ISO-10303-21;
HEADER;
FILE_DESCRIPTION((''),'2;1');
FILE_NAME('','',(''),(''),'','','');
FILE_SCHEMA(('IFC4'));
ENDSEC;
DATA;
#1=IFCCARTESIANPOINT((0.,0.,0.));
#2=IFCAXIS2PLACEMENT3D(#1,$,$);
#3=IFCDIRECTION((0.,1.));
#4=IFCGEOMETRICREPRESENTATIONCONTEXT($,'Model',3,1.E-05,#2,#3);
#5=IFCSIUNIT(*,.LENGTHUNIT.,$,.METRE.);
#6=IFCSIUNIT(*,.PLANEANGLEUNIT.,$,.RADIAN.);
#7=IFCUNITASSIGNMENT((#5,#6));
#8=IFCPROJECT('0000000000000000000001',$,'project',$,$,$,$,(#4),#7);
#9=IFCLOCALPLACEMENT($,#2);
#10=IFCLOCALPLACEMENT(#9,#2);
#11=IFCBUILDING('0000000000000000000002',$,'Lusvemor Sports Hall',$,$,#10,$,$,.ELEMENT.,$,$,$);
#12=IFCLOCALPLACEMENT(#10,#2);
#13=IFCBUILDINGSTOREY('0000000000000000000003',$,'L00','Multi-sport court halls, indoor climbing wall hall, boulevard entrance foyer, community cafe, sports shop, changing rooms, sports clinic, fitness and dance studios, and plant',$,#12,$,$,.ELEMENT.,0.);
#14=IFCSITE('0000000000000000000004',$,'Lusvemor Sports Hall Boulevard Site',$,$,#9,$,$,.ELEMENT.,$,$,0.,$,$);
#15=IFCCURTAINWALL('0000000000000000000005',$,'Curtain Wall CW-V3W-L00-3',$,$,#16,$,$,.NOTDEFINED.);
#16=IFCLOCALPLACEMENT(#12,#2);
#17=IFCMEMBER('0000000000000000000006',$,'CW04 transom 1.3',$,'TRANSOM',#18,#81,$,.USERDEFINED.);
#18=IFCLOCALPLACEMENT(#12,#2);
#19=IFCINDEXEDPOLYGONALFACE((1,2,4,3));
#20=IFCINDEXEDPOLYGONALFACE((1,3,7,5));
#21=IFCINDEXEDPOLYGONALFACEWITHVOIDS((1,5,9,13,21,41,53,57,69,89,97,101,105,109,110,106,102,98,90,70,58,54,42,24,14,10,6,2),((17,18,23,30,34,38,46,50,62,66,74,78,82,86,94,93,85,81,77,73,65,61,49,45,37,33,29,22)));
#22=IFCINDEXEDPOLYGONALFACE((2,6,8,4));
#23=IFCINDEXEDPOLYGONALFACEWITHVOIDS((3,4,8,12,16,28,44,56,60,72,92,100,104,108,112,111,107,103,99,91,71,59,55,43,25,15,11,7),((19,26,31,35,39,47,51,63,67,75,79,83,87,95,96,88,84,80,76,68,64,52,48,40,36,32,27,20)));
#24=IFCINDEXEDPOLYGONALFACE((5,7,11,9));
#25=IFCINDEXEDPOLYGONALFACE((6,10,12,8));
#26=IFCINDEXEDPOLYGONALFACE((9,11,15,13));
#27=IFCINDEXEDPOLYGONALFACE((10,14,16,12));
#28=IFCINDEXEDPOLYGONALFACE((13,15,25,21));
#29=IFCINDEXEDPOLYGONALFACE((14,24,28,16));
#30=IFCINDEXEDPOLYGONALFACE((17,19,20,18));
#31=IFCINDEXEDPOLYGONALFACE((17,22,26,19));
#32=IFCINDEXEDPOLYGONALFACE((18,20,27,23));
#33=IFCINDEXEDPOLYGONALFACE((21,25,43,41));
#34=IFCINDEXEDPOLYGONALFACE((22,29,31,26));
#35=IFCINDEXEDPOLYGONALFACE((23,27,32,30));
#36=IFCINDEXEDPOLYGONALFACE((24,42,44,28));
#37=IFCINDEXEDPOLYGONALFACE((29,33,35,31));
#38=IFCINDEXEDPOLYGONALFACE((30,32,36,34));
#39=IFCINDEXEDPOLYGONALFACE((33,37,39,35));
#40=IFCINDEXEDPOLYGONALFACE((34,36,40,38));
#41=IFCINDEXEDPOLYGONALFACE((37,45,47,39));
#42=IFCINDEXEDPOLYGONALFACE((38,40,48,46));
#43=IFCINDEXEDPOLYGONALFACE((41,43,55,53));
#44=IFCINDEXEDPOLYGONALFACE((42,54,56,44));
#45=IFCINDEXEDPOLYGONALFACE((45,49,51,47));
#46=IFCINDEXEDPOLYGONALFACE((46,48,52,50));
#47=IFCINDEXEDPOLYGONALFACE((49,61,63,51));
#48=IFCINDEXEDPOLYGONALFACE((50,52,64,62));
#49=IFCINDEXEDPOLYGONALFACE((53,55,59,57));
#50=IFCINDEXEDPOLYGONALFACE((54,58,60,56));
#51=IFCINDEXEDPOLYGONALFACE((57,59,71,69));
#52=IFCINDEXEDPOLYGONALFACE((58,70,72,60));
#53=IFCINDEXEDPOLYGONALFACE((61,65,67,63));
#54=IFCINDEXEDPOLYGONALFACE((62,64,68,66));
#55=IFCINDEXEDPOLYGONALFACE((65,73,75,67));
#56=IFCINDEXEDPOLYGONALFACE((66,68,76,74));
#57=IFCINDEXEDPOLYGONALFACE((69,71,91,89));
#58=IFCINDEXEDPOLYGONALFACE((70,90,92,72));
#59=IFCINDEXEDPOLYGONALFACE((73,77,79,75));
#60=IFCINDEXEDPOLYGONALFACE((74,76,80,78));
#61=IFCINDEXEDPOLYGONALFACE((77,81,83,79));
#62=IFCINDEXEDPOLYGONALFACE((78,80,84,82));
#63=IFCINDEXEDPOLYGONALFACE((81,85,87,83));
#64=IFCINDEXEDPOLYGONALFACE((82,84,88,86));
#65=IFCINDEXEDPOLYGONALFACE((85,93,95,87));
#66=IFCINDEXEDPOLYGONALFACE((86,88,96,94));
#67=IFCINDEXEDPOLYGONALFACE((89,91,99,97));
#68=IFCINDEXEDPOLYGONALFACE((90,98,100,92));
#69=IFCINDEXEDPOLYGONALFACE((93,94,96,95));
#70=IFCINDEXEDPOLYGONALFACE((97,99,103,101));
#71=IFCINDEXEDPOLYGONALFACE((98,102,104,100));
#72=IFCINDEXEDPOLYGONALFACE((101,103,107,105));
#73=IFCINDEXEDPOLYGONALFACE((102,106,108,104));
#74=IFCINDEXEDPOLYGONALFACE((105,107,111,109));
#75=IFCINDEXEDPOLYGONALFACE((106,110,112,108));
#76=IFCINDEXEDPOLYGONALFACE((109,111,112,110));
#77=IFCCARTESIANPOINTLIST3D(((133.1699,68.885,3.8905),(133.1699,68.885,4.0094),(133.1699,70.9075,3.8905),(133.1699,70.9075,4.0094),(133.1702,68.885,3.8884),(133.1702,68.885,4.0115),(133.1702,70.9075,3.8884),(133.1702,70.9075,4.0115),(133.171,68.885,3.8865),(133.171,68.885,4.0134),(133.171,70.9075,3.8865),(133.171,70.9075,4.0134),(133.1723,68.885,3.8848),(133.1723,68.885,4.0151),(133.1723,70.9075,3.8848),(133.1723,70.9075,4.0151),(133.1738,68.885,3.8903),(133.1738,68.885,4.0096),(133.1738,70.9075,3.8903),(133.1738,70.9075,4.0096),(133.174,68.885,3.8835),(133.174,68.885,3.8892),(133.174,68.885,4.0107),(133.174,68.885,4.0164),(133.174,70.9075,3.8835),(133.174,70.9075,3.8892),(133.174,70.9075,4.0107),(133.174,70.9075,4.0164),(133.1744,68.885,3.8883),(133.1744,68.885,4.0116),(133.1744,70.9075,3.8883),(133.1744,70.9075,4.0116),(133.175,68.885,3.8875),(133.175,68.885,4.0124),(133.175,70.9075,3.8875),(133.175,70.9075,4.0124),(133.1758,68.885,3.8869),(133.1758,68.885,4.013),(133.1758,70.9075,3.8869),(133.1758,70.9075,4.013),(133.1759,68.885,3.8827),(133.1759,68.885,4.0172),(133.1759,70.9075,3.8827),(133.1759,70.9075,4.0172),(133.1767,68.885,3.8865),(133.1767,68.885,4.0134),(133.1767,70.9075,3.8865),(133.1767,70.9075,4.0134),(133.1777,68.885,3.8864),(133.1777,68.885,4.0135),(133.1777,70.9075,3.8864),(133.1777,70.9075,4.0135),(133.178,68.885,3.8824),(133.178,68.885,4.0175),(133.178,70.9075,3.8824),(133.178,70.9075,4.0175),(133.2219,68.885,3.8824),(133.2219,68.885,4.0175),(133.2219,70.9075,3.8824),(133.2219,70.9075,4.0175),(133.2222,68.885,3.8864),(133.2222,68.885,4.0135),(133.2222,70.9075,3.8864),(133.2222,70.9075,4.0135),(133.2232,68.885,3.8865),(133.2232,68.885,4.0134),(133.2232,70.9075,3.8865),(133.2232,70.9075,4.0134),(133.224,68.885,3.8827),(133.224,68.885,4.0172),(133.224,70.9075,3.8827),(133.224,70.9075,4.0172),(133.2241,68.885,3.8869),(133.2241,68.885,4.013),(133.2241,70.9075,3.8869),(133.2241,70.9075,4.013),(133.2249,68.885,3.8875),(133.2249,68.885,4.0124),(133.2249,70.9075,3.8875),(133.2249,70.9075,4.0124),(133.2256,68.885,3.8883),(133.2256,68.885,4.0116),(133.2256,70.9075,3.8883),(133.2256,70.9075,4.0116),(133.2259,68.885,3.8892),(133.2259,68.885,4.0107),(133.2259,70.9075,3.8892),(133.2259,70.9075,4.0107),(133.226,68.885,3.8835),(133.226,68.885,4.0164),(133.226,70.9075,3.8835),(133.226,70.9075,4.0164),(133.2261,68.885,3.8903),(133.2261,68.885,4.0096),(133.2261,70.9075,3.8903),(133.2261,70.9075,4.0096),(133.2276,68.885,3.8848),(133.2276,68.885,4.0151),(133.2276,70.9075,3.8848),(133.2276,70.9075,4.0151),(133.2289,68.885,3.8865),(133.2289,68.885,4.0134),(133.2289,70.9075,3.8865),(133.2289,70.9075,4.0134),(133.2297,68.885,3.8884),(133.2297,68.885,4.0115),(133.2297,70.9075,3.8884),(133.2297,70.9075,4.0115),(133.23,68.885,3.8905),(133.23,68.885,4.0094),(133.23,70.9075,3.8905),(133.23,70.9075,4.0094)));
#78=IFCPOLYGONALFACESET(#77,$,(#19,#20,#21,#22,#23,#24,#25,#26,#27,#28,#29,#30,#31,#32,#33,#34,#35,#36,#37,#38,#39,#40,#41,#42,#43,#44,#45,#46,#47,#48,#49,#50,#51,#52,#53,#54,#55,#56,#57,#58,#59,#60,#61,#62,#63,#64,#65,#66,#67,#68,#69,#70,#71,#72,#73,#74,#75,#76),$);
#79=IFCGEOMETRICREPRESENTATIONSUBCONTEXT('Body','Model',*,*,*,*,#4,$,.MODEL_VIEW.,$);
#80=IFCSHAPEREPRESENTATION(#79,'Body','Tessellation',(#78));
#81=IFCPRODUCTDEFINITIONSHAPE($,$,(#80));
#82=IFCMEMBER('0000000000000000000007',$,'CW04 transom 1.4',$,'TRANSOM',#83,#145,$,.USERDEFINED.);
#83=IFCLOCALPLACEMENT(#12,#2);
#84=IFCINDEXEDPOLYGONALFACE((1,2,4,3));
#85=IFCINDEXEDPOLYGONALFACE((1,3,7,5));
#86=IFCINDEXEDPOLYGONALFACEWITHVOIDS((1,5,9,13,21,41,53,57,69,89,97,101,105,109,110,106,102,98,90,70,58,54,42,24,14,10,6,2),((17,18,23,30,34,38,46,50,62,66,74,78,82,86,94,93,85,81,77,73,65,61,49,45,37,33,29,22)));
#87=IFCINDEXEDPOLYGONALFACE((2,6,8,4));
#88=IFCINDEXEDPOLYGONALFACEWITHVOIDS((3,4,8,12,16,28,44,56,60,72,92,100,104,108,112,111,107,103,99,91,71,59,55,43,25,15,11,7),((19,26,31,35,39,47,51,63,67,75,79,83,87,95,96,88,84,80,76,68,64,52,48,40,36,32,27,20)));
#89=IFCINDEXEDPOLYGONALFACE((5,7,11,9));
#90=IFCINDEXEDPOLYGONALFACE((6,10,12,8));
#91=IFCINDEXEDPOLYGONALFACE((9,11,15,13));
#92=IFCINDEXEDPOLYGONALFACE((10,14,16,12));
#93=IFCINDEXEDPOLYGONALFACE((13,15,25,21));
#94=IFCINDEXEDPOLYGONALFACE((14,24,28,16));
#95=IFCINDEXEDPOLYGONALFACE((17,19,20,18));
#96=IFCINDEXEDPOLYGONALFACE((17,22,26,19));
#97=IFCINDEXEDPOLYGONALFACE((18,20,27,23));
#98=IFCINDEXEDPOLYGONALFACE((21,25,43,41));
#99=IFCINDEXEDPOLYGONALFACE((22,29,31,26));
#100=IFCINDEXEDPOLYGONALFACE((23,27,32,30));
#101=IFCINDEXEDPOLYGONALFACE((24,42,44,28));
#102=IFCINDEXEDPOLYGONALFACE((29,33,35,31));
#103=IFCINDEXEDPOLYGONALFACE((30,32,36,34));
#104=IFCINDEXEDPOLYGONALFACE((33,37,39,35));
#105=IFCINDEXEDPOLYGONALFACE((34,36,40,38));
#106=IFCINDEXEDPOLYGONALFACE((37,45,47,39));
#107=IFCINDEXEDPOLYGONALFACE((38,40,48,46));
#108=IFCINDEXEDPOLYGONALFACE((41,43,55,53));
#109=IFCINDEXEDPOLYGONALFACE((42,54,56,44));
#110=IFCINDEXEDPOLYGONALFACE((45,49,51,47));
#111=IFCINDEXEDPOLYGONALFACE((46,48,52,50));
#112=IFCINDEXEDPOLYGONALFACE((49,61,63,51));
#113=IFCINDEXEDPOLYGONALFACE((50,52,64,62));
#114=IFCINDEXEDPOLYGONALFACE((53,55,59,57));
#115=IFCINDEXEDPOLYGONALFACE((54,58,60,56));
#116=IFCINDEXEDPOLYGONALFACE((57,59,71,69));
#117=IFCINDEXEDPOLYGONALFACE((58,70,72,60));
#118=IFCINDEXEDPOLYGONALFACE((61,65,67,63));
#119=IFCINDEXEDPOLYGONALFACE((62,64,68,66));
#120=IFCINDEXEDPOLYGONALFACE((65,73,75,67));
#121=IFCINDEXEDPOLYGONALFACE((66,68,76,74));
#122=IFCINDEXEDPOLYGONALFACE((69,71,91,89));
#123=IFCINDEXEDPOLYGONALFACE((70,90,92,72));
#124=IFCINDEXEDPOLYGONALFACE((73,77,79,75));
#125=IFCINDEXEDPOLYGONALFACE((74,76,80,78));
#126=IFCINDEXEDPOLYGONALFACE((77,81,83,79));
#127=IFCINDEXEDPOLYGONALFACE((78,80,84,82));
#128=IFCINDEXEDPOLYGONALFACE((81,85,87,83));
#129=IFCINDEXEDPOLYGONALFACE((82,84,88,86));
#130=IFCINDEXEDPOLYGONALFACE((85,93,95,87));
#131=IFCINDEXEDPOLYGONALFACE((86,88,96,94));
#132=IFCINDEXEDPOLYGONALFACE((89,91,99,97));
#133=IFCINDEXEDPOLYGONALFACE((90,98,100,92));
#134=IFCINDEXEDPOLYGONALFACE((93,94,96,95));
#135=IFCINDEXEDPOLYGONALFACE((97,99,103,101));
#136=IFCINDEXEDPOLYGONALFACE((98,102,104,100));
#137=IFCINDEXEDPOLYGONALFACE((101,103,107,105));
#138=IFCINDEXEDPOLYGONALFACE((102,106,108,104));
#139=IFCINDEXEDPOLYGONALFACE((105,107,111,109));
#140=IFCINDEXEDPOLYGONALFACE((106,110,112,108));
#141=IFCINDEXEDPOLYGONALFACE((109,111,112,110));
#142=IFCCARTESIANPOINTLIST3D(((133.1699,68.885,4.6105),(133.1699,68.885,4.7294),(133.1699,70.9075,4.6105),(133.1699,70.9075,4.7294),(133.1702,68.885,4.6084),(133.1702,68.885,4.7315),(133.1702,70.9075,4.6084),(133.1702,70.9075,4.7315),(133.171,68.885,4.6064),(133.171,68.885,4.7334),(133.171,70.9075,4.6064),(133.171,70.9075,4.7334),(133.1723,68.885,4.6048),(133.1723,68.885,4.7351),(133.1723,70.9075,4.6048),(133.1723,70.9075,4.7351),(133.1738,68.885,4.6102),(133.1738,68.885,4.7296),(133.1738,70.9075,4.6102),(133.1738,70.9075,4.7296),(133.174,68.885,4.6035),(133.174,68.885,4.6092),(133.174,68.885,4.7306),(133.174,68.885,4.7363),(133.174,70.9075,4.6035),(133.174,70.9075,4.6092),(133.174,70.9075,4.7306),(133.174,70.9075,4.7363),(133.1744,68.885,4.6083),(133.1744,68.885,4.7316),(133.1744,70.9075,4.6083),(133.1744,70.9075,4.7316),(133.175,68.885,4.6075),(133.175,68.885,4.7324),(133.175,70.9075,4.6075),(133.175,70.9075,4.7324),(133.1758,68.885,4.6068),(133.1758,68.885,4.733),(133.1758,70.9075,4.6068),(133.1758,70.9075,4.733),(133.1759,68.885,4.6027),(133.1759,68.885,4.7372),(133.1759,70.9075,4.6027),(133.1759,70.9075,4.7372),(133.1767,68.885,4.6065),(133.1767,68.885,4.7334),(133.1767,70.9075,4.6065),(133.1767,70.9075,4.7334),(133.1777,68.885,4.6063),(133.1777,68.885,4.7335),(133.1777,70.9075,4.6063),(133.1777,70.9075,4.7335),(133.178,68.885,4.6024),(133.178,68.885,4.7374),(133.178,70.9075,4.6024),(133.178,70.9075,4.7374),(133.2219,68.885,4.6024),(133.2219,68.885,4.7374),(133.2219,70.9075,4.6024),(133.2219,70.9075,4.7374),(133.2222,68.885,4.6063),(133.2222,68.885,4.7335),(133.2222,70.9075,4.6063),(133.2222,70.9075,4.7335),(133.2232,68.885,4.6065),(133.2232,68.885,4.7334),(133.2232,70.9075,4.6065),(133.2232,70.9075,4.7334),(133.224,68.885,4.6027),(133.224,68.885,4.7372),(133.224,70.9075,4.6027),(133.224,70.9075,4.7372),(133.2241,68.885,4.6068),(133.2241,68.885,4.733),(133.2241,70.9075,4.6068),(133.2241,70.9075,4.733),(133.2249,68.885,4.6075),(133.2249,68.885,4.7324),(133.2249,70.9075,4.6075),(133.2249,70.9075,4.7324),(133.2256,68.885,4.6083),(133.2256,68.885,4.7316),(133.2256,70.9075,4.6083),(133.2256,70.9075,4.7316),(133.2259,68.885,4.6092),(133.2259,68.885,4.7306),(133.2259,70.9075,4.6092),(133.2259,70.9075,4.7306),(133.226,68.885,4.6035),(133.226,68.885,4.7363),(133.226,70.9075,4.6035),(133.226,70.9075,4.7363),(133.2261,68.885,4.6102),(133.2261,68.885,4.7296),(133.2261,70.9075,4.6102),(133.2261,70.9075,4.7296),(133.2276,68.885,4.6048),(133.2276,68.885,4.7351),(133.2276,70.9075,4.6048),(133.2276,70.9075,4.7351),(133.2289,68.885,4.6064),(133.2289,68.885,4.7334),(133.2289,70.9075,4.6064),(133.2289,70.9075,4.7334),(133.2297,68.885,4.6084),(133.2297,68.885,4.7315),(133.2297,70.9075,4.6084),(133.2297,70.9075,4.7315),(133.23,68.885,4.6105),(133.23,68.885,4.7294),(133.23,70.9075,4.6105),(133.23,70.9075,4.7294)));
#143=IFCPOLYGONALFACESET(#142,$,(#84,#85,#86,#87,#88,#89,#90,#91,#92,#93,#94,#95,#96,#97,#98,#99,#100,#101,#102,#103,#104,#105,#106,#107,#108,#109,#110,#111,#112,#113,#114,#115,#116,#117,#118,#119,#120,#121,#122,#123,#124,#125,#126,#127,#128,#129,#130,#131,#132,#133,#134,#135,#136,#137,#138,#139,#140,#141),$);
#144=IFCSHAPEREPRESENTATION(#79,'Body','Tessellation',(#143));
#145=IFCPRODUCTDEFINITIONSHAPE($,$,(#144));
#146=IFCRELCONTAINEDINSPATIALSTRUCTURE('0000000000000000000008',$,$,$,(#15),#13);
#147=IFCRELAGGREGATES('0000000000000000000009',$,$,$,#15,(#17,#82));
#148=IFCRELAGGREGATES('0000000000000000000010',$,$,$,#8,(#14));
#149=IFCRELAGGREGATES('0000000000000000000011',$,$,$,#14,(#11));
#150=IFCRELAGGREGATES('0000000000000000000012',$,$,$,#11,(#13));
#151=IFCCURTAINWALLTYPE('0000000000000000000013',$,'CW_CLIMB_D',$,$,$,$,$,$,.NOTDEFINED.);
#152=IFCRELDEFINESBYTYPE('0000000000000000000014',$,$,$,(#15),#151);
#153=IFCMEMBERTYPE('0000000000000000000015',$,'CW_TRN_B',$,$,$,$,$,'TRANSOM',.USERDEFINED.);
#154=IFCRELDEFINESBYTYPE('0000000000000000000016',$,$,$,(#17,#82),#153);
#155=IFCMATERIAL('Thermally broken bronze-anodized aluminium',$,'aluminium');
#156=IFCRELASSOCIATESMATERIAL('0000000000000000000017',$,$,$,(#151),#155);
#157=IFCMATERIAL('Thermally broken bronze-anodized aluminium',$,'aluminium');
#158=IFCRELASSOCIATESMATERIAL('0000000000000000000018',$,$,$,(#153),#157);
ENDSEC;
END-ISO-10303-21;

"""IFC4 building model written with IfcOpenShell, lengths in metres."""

from ifc_helpers import new_model, si_unit, direction, frame, origin, origin_2d, place, context, subcontext, project, spatial, hollow_rectangle, extrude, material, material_profile, profile_set, type_object, element, aggregate, save


model = new_model("IFC4")

# Units and contexts
model_context = context("Model", 3, precision=1e-05, world=origin(), true_north=direction((0.0, 1.0)))
body_context = subcontext(model_context, "Body", "Model", "MODEL_VIEW")
ifc_project = project(units=[si_unit("LENGTHUNIT", "METRE"), si_unit("PLANEANGLEUNIT", "RADIAN")], contexts=[model_context])

# Site, building, storey
site_placement = place(None, origin())
site = spatial("IfcSite", under=ifc_project, at=site_placement, Name="Lusvemor Sports Hall Boulevard Site", CompositionType="ELEMENT", RefElevation=0.0)
building_placement = place(site_placement, origin())
building = spatial("IfcBuilding", under=site, at=building_placement, Name="Lusvemor Sports Hall", CompositionType="ELEMENT")
storey_placement = place(building_placement, origin())
storey = spatial("IfcBuildingStorey", under=building, at=storey_placement, Name="L00", Description="Multi-sport court halls, indoor climbing wall hall, boulevard entrance foyer, community cafe, sports shop, changing rooms, sports clinic, fitness and dance studios, and plant", CompositionType="ELEMENT", Elevation=0.0)

# Shared definitions
ifc_material_1 = material(Name="Thermally broken bronze-anodized aluminium", Category="aluminium")
curtain_wall_type = type_object("IfcCurtainWallType", Name="CW_CLIMB_D", PredefinedType="NOTDEFINED", material=ifc_material_1)

# Curtain wall, members
curtain_wall_1_placement = place(storey_placement, origin())
curtain_wall_1 = element("IfcCurtainWall", 1, at=curtain_wall_1_placement, inside=storey, type_object=curtain_wall_type, Name="Curtain Wall CW-V3W-L00-3", PredefinedType="NOTDEFINED")
ifc_material_2 = material(Name="Thermally broken bronze-anodized aluminium", Category="aluminium")
ifc_material_profile_1 = material_profile(ifc_material_2, hollow_rectangle(XDim=0.0601, YDim=0.135, WallThickness=0.0039, InnerFilletRadius=0.0039, OuterFilletRadius=0.0081, at=origin_2d()), Name="CWTRN135x60x4")
ifc_profile_set_1 = profile_set([ifc_material_profile_1], Name="Thermally broken bronze-anodized aluminium")
member_type_1 = type_object("IfcMemberType", Name="CW_TRN_B", ElementType="TRANSOM", PredefinedType="USERDEFINED", material=ifc_profile_set_1)
member_1_placement = place(storey_placement, frame((133.2, 68.885, 3.95), z_axis=(0.0, 1.0, 0.0), x_axis=(-1.0, 0.0, 0.0)))
member_1 = element("IfcMember", 2, at=member_1_placement, type_object=member_type_1, Name="CW04 transom 1.3", ObjectType="TRANSOM", PredefinedType="USERDEFINED", context=body_context, shape_type="SweptSolid", body=[
    extrude(hollow_rectangle(XDim=0.0601, YDim=0.135, WallThickness=0.0039, InnerFilletRadius=0.0039, OuterFilletRadius=0.0081, at=origin_2d()), origin(), (0.0, 0.0, 1.0), 2.0225),
])
member_2_placement = place(storey_placement, frame((133.2, 68.885, 4.6699), z_axis=(0.0, 1.0, 0.0), x_axis=(-1.0, 0.0, 0.0)))
member_2 = element("IfcMember", 3, at=member_2_placement, type_object=member_type_1, Name="CW04 transom 1.4", ObjectType="TRANSOM", PredefinedType="USERDEFINED", context=body_context, shape_type="SweptSolid", body=[
    extrude(hollow_rectangle(XDim=0.0601, YDim=0.135, WallThickness=0.0039, InnerFilletRadius=0.0039, OuterFilletRadius=0.0081, at=origin_2d()), origin(), (0.0, 0.0, 1.0), 2.0225),
])
aggregate(curtain_wall_1, [member_1, member_2])

save(model, "model.ifc")
